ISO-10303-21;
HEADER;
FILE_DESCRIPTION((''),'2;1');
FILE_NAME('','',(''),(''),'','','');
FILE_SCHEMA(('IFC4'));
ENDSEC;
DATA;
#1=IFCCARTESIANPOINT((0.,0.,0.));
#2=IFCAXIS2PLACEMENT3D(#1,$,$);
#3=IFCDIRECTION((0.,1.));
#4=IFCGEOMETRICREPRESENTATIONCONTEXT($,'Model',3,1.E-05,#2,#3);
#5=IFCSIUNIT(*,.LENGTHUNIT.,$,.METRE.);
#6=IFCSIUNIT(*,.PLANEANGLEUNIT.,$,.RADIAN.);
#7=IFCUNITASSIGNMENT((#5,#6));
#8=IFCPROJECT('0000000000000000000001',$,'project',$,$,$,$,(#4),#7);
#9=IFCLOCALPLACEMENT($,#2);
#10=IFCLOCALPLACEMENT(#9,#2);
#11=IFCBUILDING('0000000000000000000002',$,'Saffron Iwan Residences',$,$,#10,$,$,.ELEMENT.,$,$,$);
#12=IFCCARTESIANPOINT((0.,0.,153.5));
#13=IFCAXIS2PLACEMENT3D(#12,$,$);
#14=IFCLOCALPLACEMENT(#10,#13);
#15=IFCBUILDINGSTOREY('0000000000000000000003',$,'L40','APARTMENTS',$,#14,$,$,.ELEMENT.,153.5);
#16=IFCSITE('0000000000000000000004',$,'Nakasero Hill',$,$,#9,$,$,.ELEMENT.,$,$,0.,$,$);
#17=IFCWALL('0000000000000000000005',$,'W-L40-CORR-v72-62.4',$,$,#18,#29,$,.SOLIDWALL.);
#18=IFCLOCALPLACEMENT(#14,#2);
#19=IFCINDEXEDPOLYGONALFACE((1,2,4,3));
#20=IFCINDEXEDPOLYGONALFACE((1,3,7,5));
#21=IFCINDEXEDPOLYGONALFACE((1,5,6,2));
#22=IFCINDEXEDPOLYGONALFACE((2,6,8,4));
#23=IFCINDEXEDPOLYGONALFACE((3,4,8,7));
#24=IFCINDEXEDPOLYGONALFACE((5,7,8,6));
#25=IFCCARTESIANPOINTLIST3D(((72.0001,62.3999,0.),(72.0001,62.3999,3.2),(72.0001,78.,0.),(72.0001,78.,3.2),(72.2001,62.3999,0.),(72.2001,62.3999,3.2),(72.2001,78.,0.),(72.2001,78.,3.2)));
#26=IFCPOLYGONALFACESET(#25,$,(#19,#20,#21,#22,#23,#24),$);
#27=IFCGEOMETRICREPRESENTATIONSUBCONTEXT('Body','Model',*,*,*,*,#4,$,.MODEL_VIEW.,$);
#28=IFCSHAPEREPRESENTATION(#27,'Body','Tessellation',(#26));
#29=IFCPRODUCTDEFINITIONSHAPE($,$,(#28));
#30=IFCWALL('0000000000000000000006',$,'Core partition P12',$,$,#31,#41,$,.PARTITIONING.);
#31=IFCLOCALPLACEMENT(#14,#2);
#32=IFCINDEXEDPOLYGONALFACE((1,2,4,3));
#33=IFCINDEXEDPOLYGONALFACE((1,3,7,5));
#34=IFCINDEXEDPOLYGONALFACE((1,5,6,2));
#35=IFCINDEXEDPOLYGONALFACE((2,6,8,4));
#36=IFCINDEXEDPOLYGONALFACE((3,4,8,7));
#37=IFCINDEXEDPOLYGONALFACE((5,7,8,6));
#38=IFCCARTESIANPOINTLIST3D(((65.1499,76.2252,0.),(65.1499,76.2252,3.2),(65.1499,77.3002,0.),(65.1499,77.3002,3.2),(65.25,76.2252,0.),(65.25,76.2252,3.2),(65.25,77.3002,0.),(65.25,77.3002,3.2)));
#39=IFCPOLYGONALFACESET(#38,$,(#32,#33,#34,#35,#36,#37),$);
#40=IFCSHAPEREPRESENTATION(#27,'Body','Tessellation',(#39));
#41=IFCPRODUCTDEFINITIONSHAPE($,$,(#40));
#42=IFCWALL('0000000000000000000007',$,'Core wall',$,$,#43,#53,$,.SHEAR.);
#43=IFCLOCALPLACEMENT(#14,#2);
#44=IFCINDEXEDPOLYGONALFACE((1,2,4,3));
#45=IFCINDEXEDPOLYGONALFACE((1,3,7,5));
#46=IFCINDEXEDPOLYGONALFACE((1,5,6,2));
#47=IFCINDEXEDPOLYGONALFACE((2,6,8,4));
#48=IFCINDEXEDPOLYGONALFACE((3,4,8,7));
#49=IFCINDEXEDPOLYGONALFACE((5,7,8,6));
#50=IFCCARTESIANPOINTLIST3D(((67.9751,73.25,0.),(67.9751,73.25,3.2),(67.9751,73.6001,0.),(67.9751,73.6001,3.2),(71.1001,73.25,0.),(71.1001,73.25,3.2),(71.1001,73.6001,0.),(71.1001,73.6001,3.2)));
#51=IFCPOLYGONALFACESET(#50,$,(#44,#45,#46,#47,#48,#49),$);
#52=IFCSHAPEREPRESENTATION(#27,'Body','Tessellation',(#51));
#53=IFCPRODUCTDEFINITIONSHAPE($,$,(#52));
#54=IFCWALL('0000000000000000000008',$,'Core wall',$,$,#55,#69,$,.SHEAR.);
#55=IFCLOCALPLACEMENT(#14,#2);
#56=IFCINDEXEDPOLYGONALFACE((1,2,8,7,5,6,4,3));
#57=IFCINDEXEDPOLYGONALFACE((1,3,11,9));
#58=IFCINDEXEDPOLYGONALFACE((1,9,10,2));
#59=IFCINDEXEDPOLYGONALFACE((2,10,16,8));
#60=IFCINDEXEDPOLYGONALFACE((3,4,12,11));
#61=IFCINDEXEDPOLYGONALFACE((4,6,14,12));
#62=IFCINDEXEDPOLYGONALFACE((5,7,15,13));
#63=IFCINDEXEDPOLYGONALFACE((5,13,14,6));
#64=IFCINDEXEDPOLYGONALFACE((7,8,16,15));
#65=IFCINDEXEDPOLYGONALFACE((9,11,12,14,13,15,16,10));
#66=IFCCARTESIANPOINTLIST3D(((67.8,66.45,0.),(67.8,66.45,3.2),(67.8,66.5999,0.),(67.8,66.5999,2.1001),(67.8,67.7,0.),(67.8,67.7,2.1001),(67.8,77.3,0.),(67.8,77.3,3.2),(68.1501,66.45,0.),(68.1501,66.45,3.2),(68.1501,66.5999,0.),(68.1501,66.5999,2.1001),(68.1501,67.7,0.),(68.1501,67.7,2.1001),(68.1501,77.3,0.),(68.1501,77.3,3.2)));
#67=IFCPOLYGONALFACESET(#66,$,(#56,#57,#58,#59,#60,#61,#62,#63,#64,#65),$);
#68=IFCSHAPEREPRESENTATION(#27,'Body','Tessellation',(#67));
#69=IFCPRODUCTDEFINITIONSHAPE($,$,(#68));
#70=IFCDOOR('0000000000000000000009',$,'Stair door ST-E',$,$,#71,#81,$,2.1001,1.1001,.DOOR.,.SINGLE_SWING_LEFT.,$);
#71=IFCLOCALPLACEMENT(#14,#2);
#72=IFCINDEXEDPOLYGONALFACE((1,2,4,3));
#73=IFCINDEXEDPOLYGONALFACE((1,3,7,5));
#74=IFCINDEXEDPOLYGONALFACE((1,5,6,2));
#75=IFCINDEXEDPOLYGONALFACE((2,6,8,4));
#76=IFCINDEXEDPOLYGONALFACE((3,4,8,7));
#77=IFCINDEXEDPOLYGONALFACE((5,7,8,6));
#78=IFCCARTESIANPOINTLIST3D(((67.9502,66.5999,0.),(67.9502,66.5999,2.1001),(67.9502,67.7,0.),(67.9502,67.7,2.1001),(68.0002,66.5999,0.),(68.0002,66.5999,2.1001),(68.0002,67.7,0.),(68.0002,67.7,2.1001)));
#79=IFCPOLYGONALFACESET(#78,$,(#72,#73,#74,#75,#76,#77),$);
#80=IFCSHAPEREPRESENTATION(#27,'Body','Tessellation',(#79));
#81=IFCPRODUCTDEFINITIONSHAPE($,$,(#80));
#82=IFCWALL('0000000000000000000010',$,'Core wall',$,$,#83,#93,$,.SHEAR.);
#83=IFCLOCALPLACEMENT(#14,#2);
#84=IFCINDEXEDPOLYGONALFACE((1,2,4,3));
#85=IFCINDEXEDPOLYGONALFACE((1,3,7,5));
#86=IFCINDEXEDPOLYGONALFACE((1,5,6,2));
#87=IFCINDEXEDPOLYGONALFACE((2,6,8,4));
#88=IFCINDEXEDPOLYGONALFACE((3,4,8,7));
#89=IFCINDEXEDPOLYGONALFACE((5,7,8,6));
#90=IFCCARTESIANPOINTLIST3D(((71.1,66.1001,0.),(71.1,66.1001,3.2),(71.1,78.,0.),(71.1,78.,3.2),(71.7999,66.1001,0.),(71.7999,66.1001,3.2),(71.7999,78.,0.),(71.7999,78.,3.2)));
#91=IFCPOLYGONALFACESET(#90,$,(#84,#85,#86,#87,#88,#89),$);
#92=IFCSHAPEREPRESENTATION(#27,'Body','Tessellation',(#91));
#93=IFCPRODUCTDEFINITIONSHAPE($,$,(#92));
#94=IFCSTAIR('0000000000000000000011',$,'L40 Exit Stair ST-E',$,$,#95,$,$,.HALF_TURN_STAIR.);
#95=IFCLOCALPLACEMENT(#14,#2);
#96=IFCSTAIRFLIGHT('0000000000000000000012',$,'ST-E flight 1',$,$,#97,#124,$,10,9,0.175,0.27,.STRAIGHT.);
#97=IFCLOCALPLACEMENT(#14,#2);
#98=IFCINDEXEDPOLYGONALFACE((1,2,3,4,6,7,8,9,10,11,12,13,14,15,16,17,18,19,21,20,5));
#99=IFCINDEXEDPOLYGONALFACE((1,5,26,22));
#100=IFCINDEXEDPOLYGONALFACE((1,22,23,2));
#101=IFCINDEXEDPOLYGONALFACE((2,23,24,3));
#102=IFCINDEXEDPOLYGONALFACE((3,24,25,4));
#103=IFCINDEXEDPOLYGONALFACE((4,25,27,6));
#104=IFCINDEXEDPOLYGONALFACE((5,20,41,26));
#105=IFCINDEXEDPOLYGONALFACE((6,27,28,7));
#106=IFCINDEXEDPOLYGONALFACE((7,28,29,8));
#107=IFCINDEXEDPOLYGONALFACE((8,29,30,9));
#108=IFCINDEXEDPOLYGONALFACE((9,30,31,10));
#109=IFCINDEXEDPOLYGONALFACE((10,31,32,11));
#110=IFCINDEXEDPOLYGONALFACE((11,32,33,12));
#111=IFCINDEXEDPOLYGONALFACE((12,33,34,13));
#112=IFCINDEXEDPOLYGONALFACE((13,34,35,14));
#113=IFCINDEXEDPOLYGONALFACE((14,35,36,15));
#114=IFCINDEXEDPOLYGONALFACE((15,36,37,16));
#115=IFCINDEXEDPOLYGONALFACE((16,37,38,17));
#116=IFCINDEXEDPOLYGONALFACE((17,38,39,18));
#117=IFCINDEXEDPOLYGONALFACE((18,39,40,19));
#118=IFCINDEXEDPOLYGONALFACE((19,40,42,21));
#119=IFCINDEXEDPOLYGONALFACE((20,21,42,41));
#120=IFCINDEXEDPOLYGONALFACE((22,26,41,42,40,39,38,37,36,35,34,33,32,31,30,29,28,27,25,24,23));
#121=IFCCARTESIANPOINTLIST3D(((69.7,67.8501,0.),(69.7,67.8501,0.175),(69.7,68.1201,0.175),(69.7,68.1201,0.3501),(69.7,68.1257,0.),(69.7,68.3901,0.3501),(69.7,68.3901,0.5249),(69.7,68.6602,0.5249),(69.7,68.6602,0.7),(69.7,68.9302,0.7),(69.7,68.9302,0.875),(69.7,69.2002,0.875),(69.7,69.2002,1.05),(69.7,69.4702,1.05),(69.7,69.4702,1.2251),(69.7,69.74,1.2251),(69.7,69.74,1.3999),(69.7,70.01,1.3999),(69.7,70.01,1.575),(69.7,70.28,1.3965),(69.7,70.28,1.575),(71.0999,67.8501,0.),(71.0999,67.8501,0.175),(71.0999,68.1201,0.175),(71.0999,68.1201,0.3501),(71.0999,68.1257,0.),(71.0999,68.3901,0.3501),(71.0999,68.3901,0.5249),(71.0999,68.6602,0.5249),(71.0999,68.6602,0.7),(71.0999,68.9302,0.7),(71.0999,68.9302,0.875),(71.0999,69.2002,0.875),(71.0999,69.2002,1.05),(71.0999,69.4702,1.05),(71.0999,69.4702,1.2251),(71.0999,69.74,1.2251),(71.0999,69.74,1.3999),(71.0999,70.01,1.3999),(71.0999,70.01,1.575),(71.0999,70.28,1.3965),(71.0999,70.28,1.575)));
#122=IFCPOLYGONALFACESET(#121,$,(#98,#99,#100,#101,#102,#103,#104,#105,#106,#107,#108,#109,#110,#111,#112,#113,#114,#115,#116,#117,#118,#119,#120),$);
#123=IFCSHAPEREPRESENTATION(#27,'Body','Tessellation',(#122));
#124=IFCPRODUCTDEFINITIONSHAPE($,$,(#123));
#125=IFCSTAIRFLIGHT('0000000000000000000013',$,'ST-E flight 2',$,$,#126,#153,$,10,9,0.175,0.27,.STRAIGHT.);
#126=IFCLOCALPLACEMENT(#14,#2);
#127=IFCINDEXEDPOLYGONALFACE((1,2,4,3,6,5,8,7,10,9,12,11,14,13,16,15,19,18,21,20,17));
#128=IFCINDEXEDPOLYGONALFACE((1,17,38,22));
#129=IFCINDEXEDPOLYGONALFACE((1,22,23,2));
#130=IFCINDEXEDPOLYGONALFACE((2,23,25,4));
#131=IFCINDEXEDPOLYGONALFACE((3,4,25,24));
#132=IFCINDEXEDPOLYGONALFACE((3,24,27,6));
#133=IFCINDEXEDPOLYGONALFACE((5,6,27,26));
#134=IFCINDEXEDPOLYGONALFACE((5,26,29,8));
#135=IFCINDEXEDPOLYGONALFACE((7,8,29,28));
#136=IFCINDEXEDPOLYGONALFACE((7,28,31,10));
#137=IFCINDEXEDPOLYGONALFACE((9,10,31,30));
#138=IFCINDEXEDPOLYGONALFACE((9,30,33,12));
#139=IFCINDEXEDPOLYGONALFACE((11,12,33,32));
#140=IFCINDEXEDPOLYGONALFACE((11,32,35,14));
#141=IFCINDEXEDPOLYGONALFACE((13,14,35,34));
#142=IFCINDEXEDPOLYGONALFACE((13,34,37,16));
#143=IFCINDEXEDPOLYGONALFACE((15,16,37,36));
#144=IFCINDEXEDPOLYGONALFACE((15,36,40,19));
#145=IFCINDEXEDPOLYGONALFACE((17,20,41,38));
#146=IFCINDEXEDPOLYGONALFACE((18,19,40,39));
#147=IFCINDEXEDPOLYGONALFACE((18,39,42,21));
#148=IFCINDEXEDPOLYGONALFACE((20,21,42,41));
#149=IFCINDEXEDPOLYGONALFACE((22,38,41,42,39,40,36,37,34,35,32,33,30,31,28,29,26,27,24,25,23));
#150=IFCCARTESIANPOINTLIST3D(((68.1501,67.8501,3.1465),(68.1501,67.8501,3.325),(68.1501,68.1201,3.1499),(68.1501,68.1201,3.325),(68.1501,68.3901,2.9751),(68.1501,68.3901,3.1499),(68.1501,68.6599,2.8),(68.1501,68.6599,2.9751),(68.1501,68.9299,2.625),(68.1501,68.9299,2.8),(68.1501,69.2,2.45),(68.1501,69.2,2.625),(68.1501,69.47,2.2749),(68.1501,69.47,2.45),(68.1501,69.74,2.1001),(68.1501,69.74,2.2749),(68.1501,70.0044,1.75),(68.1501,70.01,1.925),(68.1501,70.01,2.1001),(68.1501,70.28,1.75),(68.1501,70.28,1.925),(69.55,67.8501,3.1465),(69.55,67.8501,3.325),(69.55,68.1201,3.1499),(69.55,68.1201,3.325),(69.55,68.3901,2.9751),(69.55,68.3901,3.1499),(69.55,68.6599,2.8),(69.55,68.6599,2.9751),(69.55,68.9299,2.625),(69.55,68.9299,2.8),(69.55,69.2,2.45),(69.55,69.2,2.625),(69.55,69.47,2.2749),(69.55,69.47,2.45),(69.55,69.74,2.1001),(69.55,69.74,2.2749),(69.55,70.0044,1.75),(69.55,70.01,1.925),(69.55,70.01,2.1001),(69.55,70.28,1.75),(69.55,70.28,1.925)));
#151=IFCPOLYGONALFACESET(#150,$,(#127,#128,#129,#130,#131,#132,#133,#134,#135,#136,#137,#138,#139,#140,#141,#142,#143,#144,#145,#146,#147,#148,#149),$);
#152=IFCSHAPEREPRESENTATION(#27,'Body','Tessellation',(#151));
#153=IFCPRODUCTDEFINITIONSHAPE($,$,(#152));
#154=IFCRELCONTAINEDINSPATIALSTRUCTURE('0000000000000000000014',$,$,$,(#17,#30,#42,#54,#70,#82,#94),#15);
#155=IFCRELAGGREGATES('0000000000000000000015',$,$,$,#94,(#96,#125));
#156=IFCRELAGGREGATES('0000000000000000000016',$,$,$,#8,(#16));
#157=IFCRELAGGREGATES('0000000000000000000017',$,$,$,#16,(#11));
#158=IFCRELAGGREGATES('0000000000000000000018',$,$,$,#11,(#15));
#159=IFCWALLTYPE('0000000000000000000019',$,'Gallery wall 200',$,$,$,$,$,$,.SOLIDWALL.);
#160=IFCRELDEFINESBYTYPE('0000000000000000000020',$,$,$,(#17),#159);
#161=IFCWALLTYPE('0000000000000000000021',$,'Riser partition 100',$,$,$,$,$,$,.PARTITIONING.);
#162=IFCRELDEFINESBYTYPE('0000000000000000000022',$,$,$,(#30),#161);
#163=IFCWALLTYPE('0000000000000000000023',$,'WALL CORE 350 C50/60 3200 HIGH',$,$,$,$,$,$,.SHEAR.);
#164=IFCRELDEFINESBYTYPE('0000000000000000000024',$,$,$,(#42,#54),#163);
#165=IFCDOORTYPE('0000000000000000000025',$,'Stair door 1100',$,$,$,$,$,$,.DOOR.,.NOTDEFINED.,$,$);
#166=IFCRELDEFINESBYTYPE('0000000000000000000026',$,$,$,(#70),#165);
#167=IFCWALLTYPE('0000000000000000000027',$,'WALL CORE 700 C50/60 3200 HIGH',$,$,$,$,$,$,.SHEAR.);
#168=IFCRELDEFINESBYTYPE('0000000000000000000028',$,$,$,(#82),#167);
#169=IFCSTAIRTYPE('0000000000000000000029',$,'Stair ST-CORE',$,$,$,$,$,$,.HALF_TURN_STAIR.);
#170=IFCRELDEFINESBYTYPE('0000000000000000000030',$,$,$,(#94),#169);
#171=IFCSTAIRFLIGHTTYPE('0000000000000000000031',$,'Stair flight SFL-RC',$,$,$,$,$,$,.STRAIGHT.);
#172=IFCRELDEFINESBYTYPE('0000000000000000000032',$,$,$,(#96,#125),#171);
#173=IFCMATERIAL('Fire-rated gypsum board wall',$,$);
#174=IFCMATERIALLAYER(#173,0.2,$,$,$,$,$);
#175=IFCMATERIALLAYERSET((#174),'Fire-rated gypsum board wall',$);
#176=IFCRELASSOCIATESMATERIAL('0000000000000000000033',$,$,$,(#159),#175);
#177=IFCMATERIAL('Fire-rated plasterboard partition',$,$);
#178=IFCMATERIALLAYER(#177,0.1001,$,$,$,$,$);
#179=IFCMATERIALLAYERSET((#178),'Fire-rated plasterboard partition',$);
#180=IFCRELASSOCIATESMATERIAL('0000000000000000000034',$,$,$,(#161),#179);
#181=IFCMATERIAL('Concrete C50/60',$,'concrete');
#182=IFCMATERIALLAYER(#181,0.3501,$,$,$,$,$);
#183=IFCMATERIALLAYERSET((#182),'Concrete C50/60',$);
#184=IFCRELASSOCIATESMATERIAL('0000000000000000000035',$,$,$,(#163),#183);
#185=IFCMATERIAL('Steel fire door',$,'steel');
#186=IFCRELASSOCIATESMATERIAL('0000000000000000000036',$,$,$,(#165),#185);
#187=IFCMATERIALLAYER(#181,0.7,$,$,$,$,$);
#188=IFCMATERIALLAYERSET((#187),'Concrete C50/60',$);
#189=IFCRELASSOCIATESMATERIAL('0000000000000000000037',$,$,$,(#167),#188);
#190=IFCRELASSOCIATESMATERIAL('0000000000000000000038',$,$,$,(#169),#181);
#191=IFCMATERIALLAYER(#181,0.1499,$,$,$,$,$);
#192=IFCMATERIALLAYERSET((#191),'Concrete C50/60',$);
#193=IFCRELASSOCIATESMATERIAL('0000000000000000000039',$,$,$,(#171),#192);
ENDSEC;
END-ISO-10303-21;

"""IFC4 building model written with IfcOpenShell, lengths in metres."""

from ifc_helpers import new_model, si_unit, direction, frame, frame_2d, origin, place, context, subcontext, project, spatial, polyline, rectangle, outline, extrude, material, layer, layer_set, type_object, element, fill, aggregate, save


model = new_model("IFC4")

# Units and contexts
model_context = context("Model", 3, precision=1e-05, world=origin(), true_north=direction((0.0, 1.0)))
body_context = subcontext(model_context, "Body", "Model", "MODEL_VIEW")
ifc_project = project(units=[si_unit("LENGTHUNIT", "METRE"), si_unit("PLANEANGLEUNIT", "RADIAN")], contexts=[model_context])

# Site, building, storey
site_placement = place(None, origin())
site = spatial("IfcSite", under=ifc_project, at=site_placement, Name="Nakasero Hill", CompositionType="ELEMENT", RefElevation=0.0)
building_placement = place(site_placement, origin())
building = spatial("IfcBuilding", under=site, at=building_placement, Name="Saffron Iwan Residences", CompositionType="ELEMENT")
storey_placement = place(building_placement, frame((0.0, 0.0, 153.5)))
storey = spatial("IfcBuildingStorey", under=building, at=storey_placement, Name="L40", Description="APARTMENTS", CompositionType="ELEMENT", Elevation=153.5)

# Shared definitions
ifc_material_1 = material(Name="Concrete C50/60", Category="concrete")

# Shared definitions
ifc_material_2 = material(Name="Fire-rated gypsum board wall")

# Walls
ifc_layer_1 = layer(ifc_material_2, 0.2)
ifc_layer_set_1 = layer_set([ifc_layer_1], Name="Fire-rated gypsum board wall")
wall_type_1 = type_object("IfcWallType", Name="Gallery wall 200", PredefinedType="SOLIDWALL", material=ifc_layer_set_1)
wall_1_placement = place(storey_placement, frame((72.1001, 62.3999, 0.0), z_axis=(0.0, 0.0, 1.0), x_axis=(0.0, 1.0, 0.0)))
element("IfcWall", 1, at=wall_1_placement, inside=storey, type_object=wall_type_1, Name="W-L40-CORR-v72-62.4", PredefinedType="SOLIDWALL", context=body_context, shape_type="SweptSolid", body=[
    extrude(rectangle(XDim=15.6001, YDim=0.2, at=frame_2d((7.8, 0.0))), origin(), (0.0, 0.0, 1.0), 3.2),
])
ifc_material_3 = material(Name="Fire-rated plasterboard partition")
ifc_layer_2 = layer(ifc_material_3, 0.1001)
ifc_layer_set_2 = layer_set([ifc_layer_2], Name="Fire-rated plasterboard partition")
wall_type_2 = type_object("IfcWallType", Name="Riser partition 100", PredefinedType="PARTITIONING", material=ifc_layer_set_2)
wall_2_placement = place(storey_placement, frame((65.2, 76.2251, 0.0), z_axis=(0.0, 0.0, 1.0), x_axis=(0.0, 1.0, 0.0)))
element("IfcWall", 2, at=wall_2_placement, inside=storey, type_object=wall_type_2, Name="Core partition P12", PredefinedType="PARTITIONING", context=body_context, shape_type="SweptSolid", body=[
    extrude(rectangle(XDim=1.075, YDim=0.1001, at=frame_2d((0.5376, 0.0))), origin(), (0.0, 0.0, 1.0), 3.2),
])
ifc_layer_3 = layer(ifc_material_1, 0.3501)
ifc_layer_set_3 = layer_set([ifc_layer_3], Name="Concrete C50/60")
wall_type_3 = type_object("IfcWallType", Name="WALL CORE 350 C50/60 3200 HIGH", PredefinedType="SHEAR", material=ifc_layer_set_3)
wall_3_placement = place(storey_placement, frame((67.9751, 73.425, 0.0), z_axis=(0.0, 0.0, 1.0), x_axis=(1.0, 0.0, 0.0)))
element("IfcWall", 3, at=wall_3_placement, inside=storey, type_object=wall_type_3, Name="Core wall", PredefinedType="SHEAR", context=body_context, shape_type="SweptSolid", body=[
    extrude(rectangle(XDim=3.125, YDim=0.3501, at=frame_2d((1.5625, 0.0))), origin(), (0.0, 0.0, 1.0), 3.2),
])

# Wall, opening, door
wall_4_placement = place(storey_placement, frame((67.9751, 66.45, 0.0), z_axis=(0.0, 0.0, 1.0), x_axis=(0.0, 1.0, 0.0)))
wall_4 = element("IfcWall", 4, at=wall_4_placement, inside=storey, type_object=wall_type_3, Name="Core wall", PredefinedType="SHEAR", context=body_context, shape_type="SweptSolid", body=[
    extrude(rectangle(XDim=10.8501, YDim=0.3501, at=frame_2d((5.425, 0.0))), origin(), (0.0, 0.0, 1.0), 3.2),
])
opening_1_placement = place(wall_4_placement, frame((0.1499, 0.0, 0.0)))
opening_1 = element("IfcOpeningElement", 5, at=opening_1_placement, cuts=wall_4, PredefinedType="OPENING", context=body_context, shape_type="SweptSolid", body=[
    extrude(rectangle(XDim=1.1001, YDim=2.1001, at=frame_2d((0.55, 1.05))), frame((0.0, 0.1851, 0.0), z_axis=(0.0, -1.0, 0.0), x_axis=(1.0, 0.0, 0.0)), (0.0, 0.0, 1.0), 0.3701),
])
ifc_material_4 = material(Name="Steel fire door", Category="steel")
door_type_1 = type_object("IfcDoorType", Name="Stair door 1100", OperationType="NOTDEFINED", PredefinedType="DOOR", material=ifc_material_4)
door_1_placement = place(opening_1_placement, origin())
door_1 = element("IfcDoor", 6, at=door_1_placement, inside=storey, type_object=door_type_1, Name="Stair door ST-E", OperationType="SINGLE_SWING_LEFT", OverallHeight=2.1001, OverallWidth=1.1001, PredefinedType="DOOR", context=body_context, shape_type="SweptSolid", body=[
    extrude(rectangle(XDim=1.1001, YDim=2.1001, at=frame_2d((0.55, 1.05))), frame((0.0, 0.0249, 0.0), z_axis=(0.0, -1.0, 0.0), x_axis=(1.0, 0.0, 0.0)), (0.0, 0.0, 1.0), 0.05),
])
fill(opening_1, door_1)

# Wall
ifc_layer_4 = layer(ifc_material_1, 0.7)
ifc_layer_set_4 = layer_set([ifc_layer_4], Name="Concrete C50/60")
wall_type_4 = type_object("IfcWallType", Name="WALL CORE 700 C50/60 3200 HIGH", PredefinedType="SHEAR", material=ifc_layer_set_4)
wall_5_placement = place(storey_placement, frame((71.45, 66.1001, 0.0), z_axis=(0.0, 0.0, 1.0), x_axis=(0.0, 1.0, 0.0)))
element("IfcWall", 7, at=wall_5_placement, inside=storey, type_object=wall_type_4, Name="Core wall", PredefinedType="SHEAR", context=body_context, shape_type="SweptSolid", body=[
    extrude(rectangle(XDim=11.8999, YDim=0.7, at=frame_2d((5.95, 0.0))), origin(), (0.0, 0.0, 1.0), 3.2),
])

# Stair, stair flights
stair_type = type_object("IfcStairType", Name="Stair ST-CORE", PredefinedType="HALF_TURN_STAIR", material=ifc_material_1)
stair_placement = place(storey_placement, origin())
stair = element("IfcStair", 8, at=stair_placement, inside=storey, type_object=stair_type, Name="L40 Exit Stair ST-E", PredefinedType="HALF_TURN_STAIR")
ifc_layer_5 = layer(ifc_material_1, 0.1499)
ifc_layer_set_5 = layer_set([ifc_layer_5], Name="Concrete C50/60")
stair_flight_type = type_object("IfcStairFlightType", Name="Stair flight SFL-RC", PredefinedType="STRAIGHT", material=ifc_layer_set_5)
stair_flight_1_placement = place(storey_placement, frame((70.3999, 67.8501, 0.0), z_axis=(0.0, 0.0, 1.0), x_axis=(0.0, 1.0, 0.0)))
stair_flight_1 = element("IfcStairFlight", 9, at=stair_flight_1_placement, type_object=stair_flight_type, Name="ST-E flight 1", NumberOfRisers=10, NumberOfTreads=9, PredefinedType="STRAIGHT", RiserHeight=0.175, TreadLength=0.27, context=body_context, shape_type="SweptSolid", body=[
    extrude(outline(polyline([(0.0, 0.0), (0.0, 0.175), (0.27, 0.175), (0.27, 0.3501), (0.54, 0.3501), (0.54, 0.5249), (0.8101, 0.5249), (0.8101, 0.7), (1.0801, 0.7), (1.0801, 0.875), (1.3501, 0.875), (1.3501, 1.05), (1.6201, 1.05), (1.6201, 1.2251), (1.8899, 1.2251), (1.8899, 1.3999), (2.1599, 1.3999), (2.1599, 1.575), (2.4299, 1.575), (2.4299, 1.75), (2.4299, 1.3965), (0.2756, 0.0), (0.0, 0.0)])), frame((0.0, 0.7, 0.0), z_axis=(0.0, -1.0, 0.0), x_axis=(1.0, 0.0, 0.0)), (0.0, 0.0, 1.0), 1.3999),
])
stair_flight_2_placement = place(storey_placement, frame((68.8501, 70.28, 1.75), z_axis=(0.0, 0.0, 1.0), x_axis=(0.0, -1.0, 0.0)))
stair_flight_2 = element("IfcStairFlight", 10, at=stair_flight_2_placement, type_object=stair_flight_type, Name="ST-E flight 2", NumberOfRisers=10, NumberOfTreads=9, PredefinedType="STRAIGHT", RiserHeight=0.175, TreadLength=0.27, context=body_context, shape_type="SweptSolid", body=[
    extrude(outline(polyline([(0.0, 0.0), (0.0, 0.175), (0.27, 0.175), (0.27, 0.3501), (0.54, 0.3501), (0.54, 0.5249), (0.8101, 0.5249), (0.8101, 0.7), (1.0801, 0.7), (1.0801, 0.875), (1.3501, 0.875), (1.3501, 1.05), (1.6201, 1.05), (1.6201, 1.2251), (1.8899, 1.2251), (1.8899, 1.3999), (2.1599, 1.3999), (2.1599, 1.575), (2.4299, 1.575), (2.4299, 1.75), (2.4299, 1.3965), (0.2756, 0.0), (0.0, 0.0)])), frame((0.0, 0.7, 0.0), z_axis=(0.0, -1.0, 0.0), x_axis=(1.0, 0.0, 0.0)), (0.0, 0.0, 1.0), 1.3999),
])
aggregate(stair, [stair_flight_1, stair_flight_2])

save(model, "model.ifc")
